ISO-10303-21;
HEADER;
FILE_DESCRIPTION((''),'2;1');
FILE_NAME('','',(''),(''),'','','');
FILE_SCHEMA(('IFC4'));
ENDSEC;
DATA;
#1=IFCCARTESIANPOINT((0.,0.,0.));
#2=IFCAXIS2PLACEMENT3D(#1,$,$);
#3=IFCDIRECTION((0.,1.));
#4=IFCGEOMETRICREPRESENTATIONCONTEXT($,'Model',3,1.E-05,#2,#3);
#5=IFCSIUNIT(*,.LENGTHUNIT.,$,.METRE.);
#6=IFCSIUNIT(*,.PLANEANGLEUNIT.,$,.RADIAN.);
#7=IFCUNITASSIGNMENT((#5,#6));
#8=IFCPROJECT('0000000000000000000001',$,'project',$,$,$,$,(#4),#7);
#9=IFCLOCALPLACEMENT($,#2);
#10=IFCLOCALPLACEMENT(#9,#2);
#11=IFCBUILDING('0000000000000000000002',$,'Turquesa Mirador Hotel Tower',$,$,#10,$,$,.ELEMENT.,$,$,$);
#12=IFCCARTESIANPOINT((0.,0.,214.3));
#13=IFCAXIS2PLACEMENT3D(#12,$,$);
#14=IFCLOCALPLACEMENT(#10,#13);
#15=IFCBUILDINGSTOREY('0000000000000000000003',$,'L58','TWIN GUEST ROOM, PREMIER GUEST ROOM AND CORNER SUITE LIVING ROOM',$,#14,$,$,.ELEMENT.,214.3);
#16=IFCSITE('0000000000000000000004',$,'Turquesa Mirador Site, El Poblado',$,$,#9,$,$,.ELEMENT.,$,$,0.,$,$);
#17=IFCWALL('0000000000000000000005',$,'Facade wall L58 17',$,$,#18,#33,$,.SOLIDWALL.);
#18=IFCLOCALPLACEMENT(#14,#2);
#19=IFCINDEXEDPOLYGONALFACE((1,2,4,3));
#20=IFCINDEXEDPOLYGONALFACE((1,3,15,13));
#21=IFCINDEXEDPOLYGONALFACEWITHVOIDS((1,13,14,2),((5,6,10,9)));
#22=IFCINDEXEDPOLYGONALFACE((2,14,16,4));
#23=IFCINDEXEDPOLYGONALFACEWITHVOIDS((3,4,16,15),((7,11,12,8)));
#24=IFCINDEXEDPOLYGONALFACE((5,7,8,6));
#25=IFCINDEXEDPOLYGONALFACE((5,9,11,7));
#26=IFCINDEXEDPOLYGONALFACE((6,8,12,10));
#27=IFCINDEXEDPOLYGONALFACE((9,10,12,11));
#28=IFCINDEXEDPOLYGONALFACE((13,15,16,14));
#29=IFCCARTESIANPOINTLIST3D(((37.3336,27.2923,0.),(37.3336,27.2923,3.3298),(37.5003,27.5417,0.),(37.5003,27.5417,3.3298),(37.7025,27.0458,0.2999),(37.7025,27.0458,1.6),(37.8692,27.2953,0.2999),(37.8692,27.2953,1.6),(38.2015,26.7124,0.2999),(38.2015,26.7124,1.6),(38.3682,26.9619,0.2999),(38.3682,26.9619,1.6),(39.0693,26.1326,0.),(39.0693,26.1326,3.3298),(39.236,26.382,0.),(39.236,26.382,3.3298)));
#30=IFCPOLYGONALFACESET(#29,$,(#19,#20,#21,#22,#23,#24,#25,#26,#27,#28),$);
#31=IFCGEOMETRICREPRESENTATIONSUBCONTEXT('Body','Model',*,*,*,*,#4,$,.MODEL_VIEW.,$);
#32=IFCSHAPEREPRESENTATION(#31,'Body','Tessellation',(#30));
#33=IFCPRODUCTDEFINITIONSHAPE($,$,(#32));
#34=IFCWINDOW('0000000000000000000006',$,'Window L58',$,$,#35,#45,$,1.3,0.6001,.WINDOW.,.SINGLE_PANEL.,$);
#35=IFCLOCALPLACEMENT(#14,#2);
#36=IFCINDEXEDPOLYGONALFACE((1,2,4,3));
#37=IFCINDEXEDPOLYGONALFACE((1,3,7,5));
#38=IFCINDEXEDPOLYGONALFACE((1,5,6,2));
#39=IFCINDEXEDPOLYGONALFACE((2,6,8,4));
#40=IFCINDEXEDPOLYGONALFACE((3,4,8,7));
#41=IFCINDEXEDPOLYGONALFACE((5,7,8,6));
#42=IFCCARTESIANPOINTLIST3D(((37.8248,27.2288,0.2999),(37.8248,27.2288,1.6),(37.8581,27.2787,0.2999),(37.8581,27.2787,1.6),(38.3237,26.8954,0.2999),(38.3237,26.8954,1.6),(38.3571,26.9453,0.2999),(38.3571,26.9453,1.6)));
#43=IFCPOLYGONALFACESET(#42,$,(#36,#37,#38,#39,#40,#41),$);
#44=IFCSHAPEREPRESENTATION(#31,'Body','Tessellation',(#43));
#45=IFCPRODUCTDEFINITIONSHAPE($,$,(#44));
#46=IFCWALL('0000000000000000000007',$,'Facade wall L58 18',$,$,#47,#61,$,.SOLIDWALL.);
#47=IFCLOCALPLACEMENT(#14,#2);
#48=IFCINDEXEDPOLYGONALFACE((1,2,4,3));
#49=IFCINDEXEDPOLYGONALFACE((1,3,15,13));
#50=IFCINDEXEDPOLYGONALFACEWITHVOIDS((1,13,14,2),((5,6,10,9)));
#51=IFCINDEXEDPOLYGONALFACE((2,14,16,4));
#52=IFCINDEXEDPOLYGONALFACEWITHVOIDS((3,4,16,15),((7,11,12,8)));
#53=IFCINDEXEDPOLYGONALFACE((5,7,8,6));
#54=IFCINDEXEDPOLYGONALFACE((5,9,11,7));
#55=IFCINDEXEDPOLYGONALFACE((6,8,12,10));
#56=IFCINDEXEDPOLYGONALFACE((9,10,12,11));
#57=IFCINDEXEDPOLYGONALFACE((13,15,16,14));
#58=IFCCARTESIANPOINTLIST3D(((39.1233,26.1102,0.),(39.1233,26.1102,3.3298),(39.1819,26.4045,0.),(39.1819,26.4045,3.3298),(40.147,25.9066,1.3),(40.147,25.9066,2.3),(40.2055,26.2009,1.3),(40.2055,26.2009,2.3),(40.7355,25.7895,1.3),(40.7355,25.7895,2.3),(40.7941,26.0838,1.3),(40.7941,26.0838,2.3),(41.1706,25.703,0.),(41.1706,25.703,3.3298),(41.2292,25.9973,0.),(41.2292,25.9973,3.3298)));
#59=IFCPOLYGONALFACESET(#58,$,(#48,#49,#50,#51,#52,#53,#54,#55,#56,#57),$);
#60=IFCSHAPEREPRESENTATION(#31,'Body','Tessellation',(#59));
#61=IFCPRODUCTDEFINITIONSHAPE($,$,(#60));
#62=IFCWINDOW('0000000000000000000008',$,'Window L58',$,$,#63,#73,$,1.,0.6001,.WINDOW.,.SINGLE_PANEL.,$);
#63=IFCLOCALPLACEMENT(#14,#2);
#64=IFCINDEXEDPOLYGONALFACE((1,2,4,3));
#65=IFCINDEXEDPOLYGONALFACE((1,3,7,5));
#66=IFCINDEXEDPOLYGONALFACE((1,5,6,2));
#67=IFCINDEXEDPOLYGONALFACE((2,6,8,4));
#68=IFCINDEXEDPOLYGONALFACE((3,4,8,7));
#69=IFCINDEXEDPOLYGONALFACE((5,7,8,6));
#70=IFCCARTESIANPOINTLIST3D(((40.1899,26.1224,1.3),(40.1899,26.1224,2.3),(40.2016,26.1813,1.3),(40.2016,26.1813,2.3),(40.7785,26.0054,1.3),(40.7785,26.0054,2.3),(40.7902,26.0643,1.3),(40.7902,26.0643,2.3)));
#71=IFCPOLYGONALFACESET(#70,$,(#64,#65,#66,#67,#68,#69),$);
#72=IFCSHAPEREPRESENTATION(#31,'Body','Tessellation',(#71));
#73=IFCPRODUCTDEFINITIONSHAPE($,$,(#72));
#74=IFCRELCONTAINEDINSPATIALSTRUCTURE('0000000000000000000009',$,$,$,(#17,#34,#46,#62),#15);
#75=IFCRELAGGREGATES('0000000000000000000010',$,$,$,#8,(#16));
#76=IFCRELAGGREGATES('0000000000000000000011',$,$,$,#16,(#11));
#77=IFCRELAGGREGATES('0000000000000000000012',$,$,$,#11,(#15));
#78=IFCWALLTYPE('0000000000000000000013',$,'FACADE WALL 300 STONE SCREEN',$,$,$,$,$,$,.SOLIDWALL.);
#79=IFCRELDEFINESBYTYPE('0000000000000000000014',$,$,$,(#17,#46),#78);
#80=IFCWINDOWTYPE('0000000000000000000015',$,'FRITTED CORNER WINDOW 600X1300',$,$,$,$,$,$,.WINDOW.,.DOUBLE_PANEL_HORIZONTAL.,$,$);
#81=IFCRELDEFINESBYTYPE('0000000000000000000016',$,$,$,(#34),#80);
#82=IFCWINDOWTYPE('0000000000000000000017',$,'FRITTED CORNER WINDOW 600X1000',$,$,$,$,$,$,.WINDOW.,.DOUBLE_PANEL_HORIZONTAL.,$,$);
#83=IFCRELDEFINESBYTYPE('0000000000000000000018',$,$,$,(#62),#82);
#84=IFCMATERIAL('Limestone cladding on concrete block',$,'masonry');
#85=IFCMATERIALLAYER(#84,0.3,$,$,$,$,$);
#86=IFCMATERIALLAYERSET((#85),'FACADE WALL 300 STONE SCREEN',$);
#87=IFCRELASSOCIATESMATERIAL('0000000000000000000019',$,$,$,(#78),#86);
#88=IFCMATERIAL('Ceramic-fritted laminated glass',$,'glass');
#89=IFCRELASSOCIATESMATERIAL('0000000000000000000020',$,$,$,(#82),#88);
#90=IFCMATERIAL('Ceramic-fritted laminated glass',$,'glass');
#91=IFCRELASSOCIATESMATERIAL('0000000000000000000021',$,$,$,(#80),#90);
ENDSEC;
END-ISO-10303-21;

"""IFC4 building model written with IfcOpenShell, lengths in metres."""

from ifc_helpers import new_model, si_unit, direction, frame, frame_2d, origin, place, context, subcontext, project, spatial, rectangle, extrude, material, layer, layer_set, type_object, element, fill, save


model = new_model("IFC4")

# Units and contexts
model_context = context("Model", 3, precision=1e-05, world=origin(), true_north=direction((0.0, 1.0)))
body_context = subcontext(model_context, "Body", "Model", "MODEL_VIEW")
ifc_project = project(units=[si_unit("LENGTHUNIT", "METRE"), si_unit("PLANEANGLEUNIT", "RADIAN")], contexts=[model_context])

# Site, building, storey
site_placement = place(None, origin())
site = spatial("IfcSite", under=ifc_project, at=site_placement, Name="Turquesa Mirador Site, El Poblado", CompositionType="ELEMENT", RefElevation=0.0)
building_placement = place(site_placement, origin())
building = spatial("IfcBuilding", under=site, at=building_placement, Name="Turquesa Mirador Hotel Tower", CompositionType="ELEMENT")
storey_placement = place(building_placement, frame((0.0, 0.0, 214.3)))
storey = spatial("IfcBuildingStorey", under=building, at=storey_placement, Name="L58", Description="TWIN GUEST ROOM, PREMIER GUEST ROOM AND CORNER SUITE LIVING ROOM", CompositionType="ELEMENT", Elevation=214.3)

# Walls, openings, windows
ifc_material_1 = material(Name="Limestone cladding on concrete block", Category="masonry")
ifc_layer_1 = layer(ifc_material_1, 0.3)
ifc_layer_set_1 = layer_set([ifc_layer_1], Name="FACADE WALL 300 STONE SCREEN")
wall_type_1 = type_object("IfcWallType", Name="FACADE WALL 300 STONE SCREEN", PredefinedType="SOLIDWALL", material=ifc_layer_set_1)
ifc_material_2 = material(Name="Ceramic-fritted laminated glass", Category="glass")
window_type_1 = type_object("IfcWindowType", Name="FRITTED CORNER WINDOW 600X1000", PartitioningType="DOUBLE_PANEL_HORIZONTAL", PredefinedType="WINDOW", material=ifc_material_2)
ifc_material_3 = material(Name="Ceramic-fritted laminated glass", Category="glass")
window_type_2 = type_object("IfcWindowType", Name="FRITTED CORNER WINDOW 600X1300", PartitioningType="DOUBLE_PANEL_HORIZONTAL", PredefinedType="WINDOW", material=ifc_material_3)
wall_1_placement = place(storey_placement, frame((37.417, 27.417, 0.0), z_axis=(0.0, 0.0, 1.0), x_axis=(0.831474, -0.555564, 0.0)))
wall_1 = element("IfcWall", 1, at=wall_1_placement, inside=storey, type_object=wall_type_1, Name="Facade wall L58 17", PredefinedType="SOLIDWALL", context=body_context, shape_type="SweptSolid", body=[
    extrude(rectangle(XDim=2.0874, YDim=0.3, at=frame_2d((1.0437, 0.0))), origin(), (0.0, 0.0, 1.0), 3.3298),
])
opening_1_placement = place(wall_1_placement, frame((0.4436, 0.0, 0.3)))
opening_1 = element("IfcOpeningElement", 2, at=opening_1_placement, cuts=wall_1, PredefinedType="OPENING", context=body_context, shape_type="SweptSolid", body=[
    extrude(rectangle(XDim=0.6001, YDim=1.3, at=frame_2d((0.3, 0.6499))), frame((0.0, 0.1599, 0.0), z_axis=(0.0, -1.0, 0.0), x_axis=(1.0, 0.0, 0.0)), (0.0, 0.0, 1.0), 0.3201),
])
window_1_placement = place(opening_1_placement, origin())
window_1 = element("IfcWindow", 3, at=window_1_placement, inside=storey, type_object=window_type_2, Name="Window L58", OverallHeight=1.3, OverallWidth=0.6001, PartitioningType="SINGLE_PANEL", PredefinedType="WINDOW", context=body_context, shape_type="SweptSolid", body=[
    extrude(rectangle(XDim=0.6001, YDim=1.3, at=frame_2d((0.3, 0.6499))), frame((0.0, 0.1301, 0.0), z_axis=(0.0, -1.0, 0.0), x_axis=(1.0, 0.0, 0.0)), (0.0, 0.0, 1.0), 0.0601),
])
fill(opening_1, window_1)
wall_2_placement = place(storey_placement, frame((39.1526, 26.2573, 0.0), z_axis=(0.0, 0.0, 1.0), x_axis=(0.980787, -0.195081, 0.0)))
wall_2 = element("IfcWall", 4, at=wall_2_placement, inside=storey, type_object=wall_type_1, Name="Facade wall L58 18", PredefinedType="SOLIDWALL", context=body_context, shape_type="SweptSolid", body=[
    extrude(rectangle(XDim=2.0874, YDim=0.3, at=frame_2d((1.0437, 0.0))), origin(), (0.0, 0.0, 1.0), 3.3298),
])
opening_2_placement = place(wall_2_placement, frame((1.0437, 0.0, 1.3)))
opening_2 = element("IfcOpeningElement", 5, at=opening_2_placement, cuts=wall_2, PredefinedType="OPENING", context=body_context, shape_type="SweptSolid", body=[
    extrude(rectangle(XDim=0.6001, YDim=1.0, at=frame_2d((0.3, 0.5))), frame((0.0, 0.1599, 0.0), z_axis=(0.0, -1.0, 0.0), x_axis=(1.0, 0.0, 0.0)), (0.0, 0.0, 1.0), 0.3201),
])
window_2_placement = place(opening_2_placement, origin())
window_2 = element("IfcWindow", 6, at=window_2_placement, inside=storey, type_object=window_type_1, Name="Window L58", OverallHeight=1.0, OverallWidth=0.6001, PartitioningType="SINGLE_PANEL", PredefinedType="WINDOW", context=body_context, shape_type="SweptSolid", body=[
    extrude(rectangle(XDim=0.6001, YDim=1.0, at=frame_2d((0.3, 0.5))), frame((0.0, 0.1301, 0.0), z_axis=(0.0, -1.0, 0.0), x_axis=(1.0, 0.0, 0.0)), (0.0, 0.0, 1.0), 0.0601),
])
fill(opening_2, window_2)

save(model, "model.ifc")
